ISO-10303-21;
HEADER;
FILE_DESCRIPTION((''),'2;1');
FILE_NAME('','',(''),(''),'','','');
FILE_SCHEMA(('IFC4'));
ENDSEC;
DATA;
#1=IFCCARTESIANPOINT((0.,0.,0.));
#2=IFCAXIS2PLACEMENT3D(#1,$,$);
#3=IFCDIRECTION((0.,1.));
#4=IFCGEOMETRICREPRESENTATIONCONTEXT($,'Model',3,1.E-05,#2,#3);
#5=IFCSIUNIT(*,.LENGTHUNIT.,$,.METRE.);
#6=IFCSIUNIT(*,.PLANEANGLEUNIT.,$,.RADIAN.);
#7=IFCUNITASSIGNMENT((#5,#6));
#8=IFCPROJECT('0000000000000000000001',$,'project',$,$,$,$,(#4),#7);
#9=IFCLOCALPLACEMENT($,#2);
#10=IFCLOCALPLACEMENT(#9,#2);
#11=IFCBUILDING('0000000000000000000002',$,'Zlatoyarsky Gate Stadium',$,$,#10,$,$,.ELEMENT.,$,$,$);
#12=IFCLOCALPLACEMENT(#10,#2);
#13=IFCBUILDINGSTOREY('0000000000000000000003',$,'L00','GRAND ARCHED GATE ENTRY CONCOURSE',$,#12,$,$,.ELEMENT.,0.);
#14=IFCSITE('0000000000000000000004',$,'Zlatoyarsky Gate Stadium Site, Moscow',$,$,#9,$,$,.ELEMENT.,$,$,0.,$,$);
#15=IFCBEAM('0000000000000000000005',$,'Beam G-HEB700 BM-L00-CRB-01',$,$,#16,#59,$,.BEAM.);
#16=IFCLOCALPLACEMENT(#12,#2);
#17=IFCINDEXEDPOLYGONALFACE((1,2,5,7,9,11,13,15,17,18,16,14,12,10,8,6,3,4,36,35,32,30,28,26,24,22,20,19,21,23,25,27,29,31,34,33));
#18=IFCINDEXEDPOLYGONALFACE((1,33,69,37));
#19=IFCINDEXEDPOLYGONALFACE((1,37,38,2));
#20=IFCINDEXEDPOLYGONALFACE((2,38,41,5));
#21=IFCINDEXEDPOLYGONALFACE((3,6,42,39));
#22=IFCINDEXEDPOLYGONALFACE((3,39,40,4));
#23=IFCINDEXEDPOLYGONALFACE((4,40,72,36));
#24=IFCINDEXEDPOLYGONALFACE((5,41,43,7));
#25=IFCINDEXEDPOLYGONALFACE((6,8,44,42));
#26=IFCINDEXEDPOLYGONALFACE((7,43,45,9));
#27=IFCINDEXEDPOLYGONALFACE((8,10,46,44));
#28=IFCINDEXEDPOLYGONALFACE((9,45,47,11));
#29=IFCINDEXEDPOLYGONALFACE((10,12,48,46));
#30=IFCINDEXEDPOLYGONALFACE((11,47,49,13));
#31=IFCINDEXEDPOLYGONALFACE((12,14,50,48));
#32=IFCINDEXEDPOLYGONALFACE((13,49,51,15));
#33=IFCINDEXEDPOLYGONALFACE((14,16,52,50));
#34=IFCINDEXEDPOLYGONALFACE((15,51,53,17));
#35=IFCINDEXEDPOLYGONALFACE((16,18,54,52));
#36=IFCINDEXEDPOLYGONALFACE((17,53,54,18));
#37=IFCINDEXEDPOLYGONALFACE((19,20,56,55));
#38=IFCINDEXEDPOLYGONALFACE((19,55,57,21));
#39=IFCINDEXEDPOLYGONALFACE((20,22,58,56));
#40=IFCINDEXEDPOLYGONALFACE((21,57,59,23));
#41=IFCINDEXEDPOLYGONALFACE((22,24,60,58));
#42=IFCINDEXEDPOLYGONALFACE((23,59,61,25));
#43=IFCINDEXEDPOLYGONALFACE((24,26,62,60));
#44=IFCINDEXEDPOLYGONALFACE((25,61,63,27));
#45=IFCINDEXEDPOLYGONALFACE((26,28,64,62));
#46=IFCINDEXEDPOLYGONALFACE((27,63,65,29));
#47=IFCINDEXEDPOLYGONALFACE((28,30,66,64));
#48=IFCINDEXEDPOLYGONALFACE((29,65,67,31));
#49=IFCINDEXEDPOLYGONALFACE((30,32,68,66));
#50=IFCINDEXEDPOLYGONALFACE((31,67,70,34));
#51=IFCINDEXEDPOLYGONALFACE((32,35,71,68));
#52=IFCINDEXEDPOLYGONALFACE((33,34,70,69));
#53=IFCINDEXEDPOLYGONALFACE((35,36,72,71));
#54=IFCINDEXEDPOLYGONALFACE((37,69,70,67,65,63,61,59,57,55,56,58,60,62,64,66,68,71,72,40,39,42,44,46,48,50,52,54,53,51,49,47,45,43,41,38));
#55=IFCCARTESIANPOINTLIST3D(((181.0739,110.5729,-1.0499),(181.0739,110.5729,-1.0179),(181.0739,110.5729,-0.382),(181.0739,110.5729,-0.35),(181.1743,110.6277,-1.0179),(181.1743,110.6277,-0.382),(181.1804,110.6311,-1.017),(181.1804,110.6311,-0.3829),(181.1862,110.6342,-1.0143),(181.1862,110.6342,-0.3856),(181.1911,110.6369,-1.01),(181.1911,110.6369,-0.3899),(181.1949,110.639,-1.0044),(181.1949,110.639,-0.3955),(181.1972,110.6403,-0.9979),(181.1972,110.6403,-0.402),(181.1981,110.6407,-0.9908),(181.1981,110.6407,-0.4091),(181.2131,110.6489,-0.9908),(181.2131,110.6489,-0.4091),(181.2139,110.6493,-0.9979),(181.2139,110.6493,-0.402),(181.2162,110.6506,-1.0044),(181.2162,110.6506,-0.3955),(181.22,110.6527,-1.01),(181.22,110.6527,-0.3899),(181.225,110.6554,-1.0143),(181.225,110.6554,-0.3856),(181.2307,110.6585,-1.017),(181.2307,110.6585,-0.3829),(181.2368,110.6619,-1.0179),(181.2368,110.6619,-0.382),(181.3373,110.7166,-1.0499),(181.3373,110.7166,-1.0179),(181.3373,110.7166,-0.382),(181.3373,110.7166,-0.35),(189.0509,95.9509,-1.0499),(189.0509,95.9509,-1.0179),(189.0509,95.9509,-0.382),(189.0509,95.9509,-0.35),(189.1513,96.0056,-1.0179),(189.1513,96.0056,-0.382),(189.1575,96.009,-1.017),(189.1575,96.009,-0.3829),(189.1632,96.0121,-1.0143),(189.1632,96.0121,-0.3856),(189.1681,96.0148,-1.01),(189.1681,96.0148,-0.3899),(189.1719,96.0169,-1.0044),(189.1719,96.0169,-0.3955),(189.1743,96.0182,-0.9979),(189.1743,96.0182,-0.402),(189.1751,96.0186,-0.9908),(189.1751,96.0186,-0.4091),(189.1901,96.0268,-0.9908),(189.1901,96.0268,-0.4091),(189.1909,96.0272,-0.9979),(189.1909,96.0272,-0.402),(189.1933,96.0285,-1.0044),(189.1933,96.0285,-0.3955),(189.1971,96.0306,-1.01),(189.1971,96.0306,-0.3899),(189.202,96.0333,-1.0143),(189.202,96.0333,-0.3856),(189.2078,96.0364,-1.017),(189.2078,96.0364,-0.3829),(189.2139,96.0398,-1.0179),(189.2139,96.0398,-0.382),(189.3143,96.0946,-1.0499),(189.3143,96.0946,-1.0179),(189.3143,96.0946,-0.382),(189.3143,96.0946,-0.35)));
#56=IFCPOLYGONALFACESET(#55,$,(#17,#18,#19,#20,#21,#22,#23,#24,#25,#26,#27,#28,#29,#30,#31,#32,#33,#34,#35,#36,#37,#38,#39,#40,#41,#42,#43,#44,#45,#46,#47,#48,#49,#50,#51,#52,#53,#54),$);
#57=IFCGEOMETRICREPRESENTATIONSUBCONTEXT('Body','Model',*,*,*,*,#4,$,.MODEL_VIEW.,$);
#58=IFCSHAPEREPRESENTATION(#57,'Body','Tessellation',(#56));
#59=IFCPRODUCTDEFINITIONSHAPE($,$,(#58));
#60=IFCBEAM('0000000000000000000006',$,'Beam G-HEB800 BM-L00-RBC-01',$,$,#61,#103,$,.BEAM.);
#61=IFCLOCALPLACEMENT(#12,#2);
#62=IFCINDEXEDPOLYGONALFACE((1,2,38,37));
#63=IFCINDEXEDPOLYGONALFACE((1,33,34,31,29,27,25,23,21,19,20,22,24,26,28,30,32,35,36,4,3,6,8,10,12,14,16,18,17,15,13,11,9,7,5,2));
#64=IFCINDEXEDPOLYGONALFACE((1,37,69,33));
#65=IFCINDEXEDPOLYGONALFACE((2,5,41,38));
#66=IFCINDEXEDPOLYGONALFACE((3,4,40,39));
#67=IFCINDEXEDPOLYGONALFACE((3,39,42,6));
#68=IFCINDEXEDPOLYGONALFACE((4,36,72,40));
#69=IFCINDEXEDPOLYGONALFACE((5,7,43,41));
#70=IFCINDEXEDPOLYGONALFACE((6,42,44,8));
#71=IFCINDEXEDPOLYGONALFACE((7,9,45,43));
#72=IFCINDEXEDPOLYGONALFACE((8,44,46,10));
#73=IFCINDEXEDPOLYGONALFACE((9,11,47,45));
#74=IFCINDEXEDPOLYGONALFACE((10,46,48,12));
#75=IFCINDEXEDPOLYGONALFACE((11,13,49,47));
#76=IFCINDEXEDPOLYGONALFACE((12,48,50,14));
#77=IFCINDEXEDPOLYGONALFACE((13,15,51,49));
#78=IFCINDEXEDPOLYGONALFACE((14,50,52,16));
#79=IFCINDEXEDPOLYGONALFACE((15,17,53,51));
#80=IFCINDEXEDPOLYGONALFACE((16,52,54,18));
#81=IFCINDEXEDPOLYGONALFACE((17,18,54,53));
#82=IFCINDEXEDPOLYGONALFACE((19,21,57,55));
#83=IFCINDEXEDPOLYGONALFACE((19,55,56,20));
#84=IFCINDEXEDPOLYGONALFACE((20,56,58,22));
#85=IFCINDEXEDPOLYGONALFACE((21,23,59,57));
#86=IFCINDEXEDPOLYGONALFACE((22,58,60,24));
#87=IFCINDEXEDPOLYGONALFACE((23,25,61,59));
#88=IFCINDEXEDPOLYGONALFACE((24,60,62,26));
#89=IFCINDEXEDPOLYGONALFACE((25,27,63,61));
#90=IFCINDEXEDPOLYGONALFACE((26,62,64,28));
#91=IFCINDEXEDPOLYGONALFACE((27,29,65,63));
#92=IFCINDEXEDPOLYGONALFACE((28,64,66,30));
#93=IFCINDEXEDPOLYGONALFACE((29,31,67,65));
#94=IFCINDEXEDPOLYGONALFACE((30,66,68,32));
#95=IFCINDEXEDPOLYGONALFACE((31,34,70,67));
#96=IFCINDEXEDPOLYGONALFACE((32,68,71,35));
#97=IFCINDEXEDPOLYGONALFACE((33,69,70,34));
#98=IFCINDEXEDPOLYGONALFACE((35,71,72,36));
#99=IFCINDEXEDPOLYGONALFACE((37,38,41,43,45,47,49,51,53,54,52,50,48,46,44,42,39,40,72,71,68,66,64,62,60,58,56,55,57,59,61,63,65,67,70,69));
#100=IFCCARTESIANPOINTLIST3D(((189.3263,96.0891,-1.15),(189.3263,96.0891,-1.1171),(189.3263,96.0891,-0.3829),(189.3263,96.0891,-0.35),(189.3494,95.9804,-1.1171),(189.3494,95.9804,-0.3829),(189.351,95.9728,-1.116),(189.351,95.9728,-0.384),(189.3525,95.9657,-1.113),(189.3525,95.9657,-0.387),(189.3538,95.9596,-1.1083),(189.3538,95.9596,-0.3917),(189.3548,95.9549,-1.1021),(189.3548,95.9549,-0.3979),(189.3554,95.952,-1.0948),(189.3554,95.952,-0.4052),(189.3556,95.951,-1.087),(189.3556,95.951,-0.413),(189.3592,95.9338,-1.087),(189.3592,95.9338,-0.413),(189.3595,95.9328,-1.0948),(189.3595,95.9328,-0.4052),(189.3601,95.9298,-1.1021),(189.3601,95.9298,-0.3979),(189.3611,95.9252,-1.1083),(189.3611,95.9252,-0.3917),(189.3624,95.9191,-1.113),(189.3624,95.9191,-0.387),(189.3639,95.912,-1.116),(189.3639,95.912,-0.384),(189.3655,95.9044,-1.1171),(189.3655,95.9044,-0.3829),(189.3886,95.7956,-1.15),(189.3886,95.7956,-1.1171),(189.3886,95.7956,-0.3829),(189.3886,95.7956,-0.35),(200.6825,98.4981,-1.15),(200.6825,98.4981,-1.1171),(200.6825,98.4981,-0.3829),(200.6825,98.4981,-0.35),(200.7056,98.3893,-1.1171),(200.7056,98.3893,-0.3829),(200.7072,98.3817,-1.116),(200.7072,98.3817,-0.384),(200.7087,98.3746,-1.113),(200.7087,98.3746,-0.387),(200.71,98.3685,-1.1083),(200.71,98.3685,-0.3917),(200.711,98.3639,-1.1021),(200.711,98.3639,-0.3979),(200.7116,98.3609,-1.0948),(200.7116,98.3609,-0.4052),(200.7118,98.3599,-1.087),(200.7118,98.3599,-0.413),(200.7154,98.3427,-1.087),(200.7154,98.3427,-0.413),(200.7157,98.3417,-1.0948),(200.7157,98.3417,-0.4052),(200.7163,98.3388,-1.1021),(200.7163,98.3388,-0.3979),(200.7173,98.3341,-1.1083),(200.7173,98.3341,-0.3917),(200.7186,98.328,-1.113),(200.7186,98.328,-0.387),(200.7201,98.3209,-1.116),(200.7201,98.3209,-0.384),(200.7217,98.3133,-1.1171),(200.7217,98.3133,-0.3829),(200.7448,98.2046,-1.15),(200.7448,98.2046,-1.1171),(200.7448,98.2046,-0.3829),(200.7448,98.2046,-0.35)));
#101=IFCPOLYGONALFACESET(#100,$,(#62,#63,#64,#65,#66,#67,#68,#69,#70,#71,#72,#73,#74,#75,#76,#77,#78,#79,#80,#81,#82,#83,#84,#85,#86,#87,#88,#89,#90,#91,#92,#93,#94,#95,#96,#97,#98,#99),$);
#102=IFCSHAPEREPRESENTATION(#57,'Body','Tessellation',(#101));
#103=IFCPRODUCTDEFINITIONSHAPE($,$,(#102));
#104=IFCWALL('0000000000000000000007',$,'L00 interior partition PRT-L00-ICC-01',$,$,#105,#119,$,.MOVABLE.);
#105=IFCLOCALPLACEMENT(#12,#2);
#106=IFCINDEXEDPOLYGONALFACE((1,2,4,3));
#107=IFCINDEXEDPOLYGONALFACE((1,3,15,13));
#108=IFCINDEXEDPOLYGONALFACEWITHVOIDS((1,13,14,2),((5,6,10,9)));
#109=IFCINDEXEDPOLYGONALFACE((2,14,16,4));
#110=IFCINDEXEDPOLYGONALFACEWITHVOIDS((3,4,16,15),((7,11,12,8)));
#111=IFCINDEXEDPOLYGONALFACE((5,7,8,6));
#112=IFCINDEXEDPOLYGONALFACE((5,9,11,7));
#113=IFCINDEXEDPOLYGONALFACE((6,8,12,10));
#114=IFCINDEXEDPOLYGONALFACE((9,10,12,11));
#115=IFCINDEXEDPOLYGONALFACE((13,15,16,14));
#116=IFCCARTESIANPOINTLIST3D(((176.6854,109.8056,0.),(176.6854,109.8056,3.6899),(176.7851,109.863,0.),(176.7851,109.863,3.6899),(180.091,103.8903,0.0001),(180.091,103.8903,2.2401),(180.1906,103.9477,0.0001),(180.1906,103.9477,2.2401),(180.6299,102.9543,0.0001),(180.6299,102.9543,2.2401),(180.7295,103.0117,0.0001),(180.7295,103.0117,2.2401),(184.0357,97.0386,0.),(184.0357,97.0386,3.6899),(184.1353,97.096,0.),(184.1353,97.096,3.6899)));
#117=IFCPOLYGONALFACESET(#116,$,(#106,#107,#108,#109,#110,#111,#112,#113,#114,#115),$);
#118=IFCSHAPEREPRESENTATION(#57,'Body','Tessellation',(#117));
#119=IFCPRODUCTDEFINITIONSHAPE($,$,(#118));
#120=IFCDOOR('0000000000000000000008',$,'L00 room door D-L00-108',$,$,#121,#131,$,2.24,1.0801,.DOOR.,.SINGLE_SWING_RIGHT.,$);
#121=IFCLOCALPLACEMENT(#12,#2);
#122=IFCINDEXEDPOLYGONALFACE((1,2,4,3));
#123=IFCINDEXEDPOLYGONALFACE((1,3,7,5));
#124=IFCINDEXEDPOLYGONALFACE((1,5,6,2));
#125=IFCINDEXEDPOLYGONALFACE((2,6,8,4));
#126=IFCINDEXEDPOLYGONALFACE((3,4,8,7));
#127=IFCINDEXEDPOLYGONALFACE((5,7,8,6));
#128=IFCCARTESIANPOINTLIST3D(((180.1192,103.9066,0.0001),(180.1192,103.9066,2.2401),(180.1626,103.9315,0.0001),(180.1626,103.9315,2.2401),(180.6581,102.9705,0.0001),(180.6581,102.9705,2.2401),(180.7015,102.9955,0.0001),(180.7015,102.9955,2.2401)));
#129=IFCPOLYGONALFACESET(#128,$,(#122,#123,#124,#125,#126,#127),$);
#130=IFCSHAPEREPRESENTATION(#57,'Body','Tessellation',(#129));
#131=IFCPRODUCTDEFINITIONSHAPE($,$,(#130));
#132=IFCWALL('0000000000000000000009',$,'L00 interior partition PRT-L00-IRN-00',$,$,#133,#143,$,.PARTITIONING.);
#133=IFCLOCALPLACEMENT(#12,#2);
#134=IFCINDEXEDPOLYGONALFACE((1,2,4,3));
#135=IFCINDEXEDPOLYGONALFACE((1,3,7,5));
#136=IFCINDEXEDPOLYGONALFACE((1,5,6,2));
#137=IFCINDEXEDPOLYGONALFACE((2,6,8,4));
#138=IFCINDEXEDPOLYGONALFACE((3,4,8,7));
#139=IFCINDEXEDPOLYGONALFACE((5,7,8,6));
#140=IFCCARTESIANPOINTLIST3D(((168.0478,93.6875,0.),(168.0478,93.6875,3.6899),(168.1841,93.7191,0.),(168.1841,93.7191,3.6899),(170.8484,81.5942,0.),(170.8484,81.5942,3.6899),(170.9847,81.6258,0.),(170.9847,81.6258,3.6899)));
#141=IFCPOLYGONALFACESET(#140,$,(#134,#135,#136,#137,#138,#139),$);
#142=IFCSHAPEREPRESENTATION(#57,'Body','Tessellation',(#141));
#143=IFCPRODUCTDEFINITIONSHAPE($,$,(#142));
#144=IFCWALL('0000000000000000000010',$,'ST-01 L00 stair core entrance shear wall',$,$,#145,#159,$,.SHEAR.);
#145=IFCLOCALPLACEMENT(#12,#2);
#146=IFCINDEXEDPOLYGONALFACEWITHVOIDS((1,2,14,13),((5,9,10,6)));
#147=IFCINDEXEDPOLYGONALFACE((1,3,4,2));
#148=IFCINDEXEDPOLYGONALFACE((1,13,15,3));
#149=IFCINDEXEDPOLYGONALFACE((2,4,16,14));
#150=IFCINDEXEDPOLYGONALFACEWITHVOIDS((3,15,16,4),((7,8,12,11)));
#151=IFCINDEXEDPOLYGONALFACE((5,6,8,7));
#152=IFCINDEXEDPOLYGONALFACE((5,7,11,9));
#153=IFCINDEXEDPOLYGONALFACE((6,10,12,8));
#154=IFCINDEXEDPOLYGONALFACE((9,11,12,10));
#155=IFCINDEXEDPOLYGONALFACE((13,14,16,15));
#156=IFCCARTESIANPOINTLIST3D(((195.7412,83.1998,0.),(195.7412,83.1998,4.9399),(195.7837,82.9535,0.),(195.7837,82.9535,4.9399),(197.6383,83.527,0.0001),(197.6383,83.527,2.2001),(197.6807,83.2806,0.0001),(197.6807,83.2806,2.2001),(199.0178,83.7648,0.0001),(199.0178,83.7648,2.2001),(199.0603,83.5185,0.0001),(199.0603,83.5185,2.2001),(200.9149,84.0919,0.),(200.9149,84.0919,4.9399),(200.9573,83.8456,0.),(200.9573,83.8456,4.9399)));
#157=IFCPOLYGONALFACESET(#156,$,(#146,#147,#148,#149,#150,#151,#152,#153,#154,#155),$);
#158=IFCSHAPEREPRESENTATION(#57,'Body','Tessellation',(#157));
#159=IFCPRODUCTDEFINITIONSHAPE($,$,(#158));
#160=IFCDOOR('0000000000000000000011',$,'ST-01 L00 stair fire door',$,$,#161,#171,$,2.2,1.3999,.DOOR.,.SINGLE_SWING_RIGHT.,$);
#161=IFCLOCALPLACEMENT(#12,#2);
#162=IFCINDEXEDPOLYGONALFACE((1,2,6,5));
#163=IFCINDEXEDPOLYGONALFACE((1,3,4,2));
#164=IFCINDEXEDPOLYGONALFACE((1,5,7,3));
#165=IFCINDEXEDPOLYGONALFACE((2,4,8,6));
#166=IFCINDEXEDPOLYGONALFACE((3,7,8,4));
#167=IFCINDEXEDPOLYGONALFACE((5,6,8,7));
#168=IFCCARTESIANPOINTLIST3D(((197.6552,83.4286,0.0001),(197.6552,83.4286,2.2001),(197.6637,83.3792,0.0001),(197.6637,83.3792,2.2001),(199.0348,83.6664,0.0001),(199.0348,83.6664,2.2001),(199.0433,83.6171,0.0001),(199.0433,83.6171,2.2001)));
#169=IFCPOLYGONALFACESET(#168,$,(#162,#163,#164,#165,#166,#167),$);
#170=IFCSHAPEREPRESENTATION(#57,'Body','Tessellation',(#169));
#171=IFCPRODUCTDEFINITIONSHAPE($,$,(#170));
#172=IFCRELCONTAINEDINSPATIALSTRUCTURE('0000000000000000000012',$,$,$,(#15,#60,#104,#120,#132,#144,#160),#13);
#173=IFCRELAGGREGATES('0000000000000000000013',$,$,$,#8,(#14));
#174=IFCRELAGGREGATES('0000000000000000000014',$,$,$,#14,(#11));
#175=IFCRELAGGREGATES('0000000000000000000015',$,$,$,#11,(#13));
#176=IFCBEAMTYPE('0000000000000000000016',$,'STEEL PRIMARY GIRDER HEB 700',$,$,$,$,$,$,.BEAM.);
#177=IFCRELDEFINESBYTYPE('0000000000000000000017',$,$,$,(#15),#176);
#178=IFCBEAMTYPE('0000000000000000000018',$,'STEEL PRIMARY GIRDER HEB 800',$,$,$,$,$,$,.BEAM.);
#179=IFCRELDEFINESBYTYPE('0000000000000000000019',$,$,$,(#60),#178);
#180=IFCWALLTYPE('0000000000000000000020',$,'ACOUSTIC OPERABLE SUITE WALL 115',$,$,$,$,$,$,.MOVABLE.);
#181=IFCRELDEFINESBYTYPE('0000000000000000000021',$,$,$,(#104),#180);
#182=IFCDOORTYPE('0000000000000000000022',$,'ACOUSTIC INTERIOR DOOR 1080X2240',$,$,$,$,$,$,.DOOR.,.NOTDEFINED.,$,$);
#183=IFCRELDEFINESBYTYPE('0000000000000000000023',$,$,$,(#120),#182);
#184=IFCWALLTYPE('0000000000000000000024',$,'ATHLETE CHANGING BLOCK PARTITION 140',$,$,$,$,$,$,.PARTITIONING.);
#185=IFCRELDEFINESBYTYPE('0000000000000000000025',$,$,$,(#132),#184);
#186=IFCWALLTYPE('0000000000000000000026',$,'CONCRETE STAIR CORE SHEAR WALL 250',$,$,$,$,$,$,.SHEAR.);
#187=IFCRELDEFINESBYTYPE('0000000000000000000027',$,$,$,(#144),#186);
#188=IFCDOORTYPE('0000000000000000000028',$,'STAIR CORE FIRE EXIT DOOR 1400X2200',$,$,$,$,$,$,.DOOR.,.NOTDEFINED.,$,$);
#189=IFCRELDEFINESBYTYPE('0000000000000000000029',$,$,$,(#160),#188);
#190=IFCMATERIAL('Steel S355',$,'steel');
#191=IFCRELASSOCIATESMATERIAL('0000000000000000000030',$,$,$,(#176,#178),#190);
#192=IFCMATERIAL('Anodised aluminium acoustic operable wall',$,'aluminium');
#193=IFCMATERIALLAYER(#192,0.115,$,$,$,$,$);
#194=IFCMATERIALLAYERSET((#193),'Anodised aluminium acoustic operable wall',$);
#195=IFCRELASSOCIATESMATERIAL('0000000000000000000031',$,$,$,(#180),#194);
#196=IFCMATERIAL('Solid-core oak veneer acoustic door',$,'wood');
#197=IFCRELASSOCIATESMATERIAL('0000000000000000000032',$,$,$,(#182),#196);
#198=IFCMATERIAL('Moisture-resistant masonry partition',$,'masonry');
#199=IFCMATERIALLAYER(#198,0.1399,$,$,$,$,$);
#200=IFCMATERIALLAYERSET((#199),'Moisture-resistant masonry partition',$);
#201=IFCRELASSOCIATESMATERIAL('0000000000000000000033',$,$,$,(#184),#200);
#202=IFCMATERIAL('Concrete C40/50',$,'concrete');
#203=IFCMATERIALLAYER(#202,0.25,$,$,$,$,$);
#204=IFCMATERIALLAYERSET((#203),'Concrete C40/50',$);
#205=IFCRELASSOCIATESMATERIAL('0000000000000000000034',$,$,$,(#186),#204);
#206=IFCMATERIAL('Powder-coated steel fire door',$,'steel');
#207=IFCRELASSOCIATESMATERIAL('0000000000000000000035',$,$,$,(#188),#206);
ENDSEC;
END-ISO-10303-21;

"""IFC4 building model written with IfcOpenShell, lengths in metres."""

from ifc_helpers import new_model, si_unit, direction, frame, frame_2d, origin, origin_2d, place, context, subcontext, project, spatial, rectangle, i_section, extrude, material, layer, layer_set, material_profile, profile_set, type_object, element, fill, save


model = new_model("IFC4")

# Units and contexts
model_context = context("Model", 3, precision=1e-05, world=origin(), true_north=direction((0.0, 1.0)))
body_context = subcontext(model_context, "Body", "Model", "MODEL_VIEW")
ifc_project = project(units=[si_unit("LENGTHUNIT", "METRE"), si_unit("PLANEANGLEUNIT", "RADIAN")], contexts=[model_context])

# Site, building, storey
site_placement = place(None, origin())
site = spatial("IfcSite", under=ifc_project, at=site_placement, Name="Zlatoyarsky Gate Stadium Site, Moscow", CompositionType="ELEMENT", RefElevation=0.0)
building_placement = place(site_placement, origin())
building = spatial("IfcBuilding", under=site, at=building_placement, Name="Zlatoyarsky Gate Stadium", CompositionType="ELEMENT")
storey_placement = place(building_placement, origin())
storey = spatial("IfcBuildingStorey", under=building, at=storey_placement, Name="L00", Description="GRAND ARCHED GATE ENTRY CONCOURSE", CompositionType="ELEMENT", Elevation=0.0)

# Shared definitions
ifc_material_1 = material(Name="Concrete C40/50", Category="concrete")

# Beams
ifc_material_2 = material(Name="Steel S355", Category="steel")
ifc_material_profile_1 = material_profile(ifc_material_2, i_section(OverallWidth=0.3, OverallDepth=0.7, WebThickness=0.0171, FlangeThickness=0.032, FilletRadius=0.0271, at=origin_2d()), Name="HEB 700")
ifc_profile_set_1 = profile_set([ifc_material_profile_1], Name="Steel S355")
beam_type_1 = type_object("IfcBeamType", Name="STEEL PRIMARY GIRDER HEB 700", PredefinedType="BEAM", material=ifc_profile_set_1)
beam_1_placement = place(storey_placement, frame((189.1826, 96.0227, -0.7), z_axis=(-0.478916, 0.877861, 0.0), x_axis=(-0.877861, -0.478916, 0.0)))
element("IfcBeam", 1, at=beam_1_placement, inside=storey, type_object=beam_type_1, Name="Beam G-HEB700 BM-L00-CRB-01", PredefinedType="BEAM", context=body_context, shape_type="SweptSolid", body=[
    extrude(i_section(OverallWidth=0.3, OverallDepth=0.7, WebThickness=0.0171, FlangeThickness=0.032, FilletRadius=0.0271, at=origin_2d()), origin(), (0.0, 0.0, 1.0), 16.6565),
])
ifc_material_profile_2 = material_profile(ifc_material_2, i_section(OverallWidth=0.3, OverallDepth=0.8, WebThickness=0.0176, FlangeThickness=0.033, FilletRadius=0.03, at=origin_2d()), Name="HEB 800")
ifc_profile_set_2 = profile_set([ifc_material_profile_2], Name="Steel S355")
beam_type_2 = type_object("IfcBeamType", Name="STEEL PRIMARY GIRDER HEB 800", PredefinedType="BEAM", material=ifc_profile_set_2)
beam_2_placement = place(storey_placement, frame((189.3574, 95.9424, -0.75), z_axis=(0.978233, 0.207508, 0.0), x_axis=(-0.207508, 0.978233, 0.0)))
element("IfcBeam", 2, at=beam_2_placement, inside=storey, type_object=beam_type_2, Name="Beam G-HEB800 BM-L00-RBC-01", PredefinedType="BEAM", context=body_context, shape_type="SweptSolid", body=[
    extrude(i_section(OverallWidth=0.3, OverallDepth=0.8, WebThickness=0.0176, FlangeThickness=0.033, FilletRadius=0.03, at=origin_2d()), origin(), (0.0, 0.0, 1.0), 11.6089),
])

# Wall, opening, door
ifc_material_3 = material(Name="Anodised aluminium acoustic operable wall", Category="aluminium")
ifc_layer_1 = layer(ifc_material_3, 0.115)
ifc_layer_set_1 = layer_set([ifc_layer_1], Name="Anodised aluminium acoustic operable wall")
wall_type_1 = type_object("IfcWallType", Name="ACOUSTIC OPERABLE SUITE WALL 115", PredefinedType="MOVABLE", material=ifc_layer_set_1)
wall_1_placement = place(storey_placement, frame((184.0854, 97.0674, 0.0), z_axis=(0.0, 0.0, 1.0), x_axis=(-0.498944, 0.866634, 0.0)))
wall_1 = element("IfcWall", 3, at=wall_1_placement, inside=storey, type_object=wall_type_1, Name="L00 interior partition PRT-L00-ICC-01", PredefinedType="MOVABLE", context=body_context, shape_type="SweptSolid", body=[
    extrude(rectangle(XDim=14.7317, YDim=0.115, at=frame_2d((7.3657, 0.0))), origin(), (0.0, 0.0, 1.0), 3.6899),
])
opening_1_placement = place(wall_1_placement, frame((6.8259, 0.0, 0.0)))
opening_1 = element("IfcOpeningElement", 4, at=opening_1_placement, cuts=wall_1, PredefinedType="OPENING", context=body_context, shape_type="SweptSolid", body=[
    extrude(rectangle(XDim=1.0801, YDim=2.24, at=frame_2d((0.54, 1.1201))), frame((0.0, 0.0674, 0.0), z_axis=(0.0, -1.0, 0.0), x_axis=(1.0, 0.0, 0.0)), (0.0, 0.0, 1.0), 0.135),
])
ifc_material_4 = material(Name="Solid-core oak veneer acoustic door", Category="wood")
door_type_1 = type_object("IfcDoorType", Name="ACOUSTIC INTERIOR DOOR 1080X2240", OperationType="NOTDEFINED", PredefinedType="DOOR", material=ifc_material_4)
door_1_placement = place(opening_1_placement, origin())
door_1 = element("IfcDoor", 5, at=door_1_placement, inside=storey, type_object=door_type_1, Name="L00 room door D-L00-108", OperationType="SINGLE_SWING_RIGHT", OverallHeight=2.24, OverallWidth=1.0801, PredefinedType="DOOR", context=body_context, shape_type="SweptSolid", body=[
    extrude(rectangle(XDim=1.0801, YDim=2.24, at=frame_2d((0.54, 1.1201))), frame((0.0, 0.0249, 0.0), z_axis=(0.0, -1.0, 0.0), x_axis=(1.0, 0.0, 0.0)), (0.0, 0.0, 1.0), 0.05),
])
fill(opening_1, door_1)

# Wall
ifc_material_5 = material(Name="Moisture-resistant masonry partition", Category="masonry")
ifc_layer_2 = layer(ifc_material_5, 0.1399)
ifc_layer_set_2 = layer_set([ifc_layer_2], Name="Moisture-resistant masonry partition")
wall_type_2 = type_object("IfcWallType", Name="ATHLETE CHANGING BLOCK PARTITION 140", PredefinedType="PARTITIONING", material=ifc_layer_set_2)
wall_2_placement = place(storey_placement, frame((170.9165, 81.6101, 0.0), z_axis=(0.0, 0.0, 1.0), x_axis=(-0.225608, 0.974218, 0.0)))
element("IfcWall", 6, at=wall_2_placement, inside=storey, type_object=wall_type_2, Name="L00 interior partition PRT-L00-IRN-00", PredefinedType="PARTITIONING", context=body_context, shape_type="SweptSolid", body=[
    extrude(rectangle(XDim=12.4133, YDim=0.1399, at=frame_2d((6.2065, 0.0))), origin(), (0.0, 0.0, 1.0), 3.6899),
])

# Wall, opening, door
ifc_layer_3 = layer(ifc_material_1, 0.25)
ifc_layer_set_3 = layer_set([ifc_layer_3], Name="Concrete C40/50")
wall_type_3 = type_object("IfcWallType", Name="CONCRETE STAIR CORE SHEAR WALL 250", PredefinedType="SHEAR", material=ifc_layer_set_3)
wall_3_placement = place(storey_placement, frame((195.7625, 83.0767, 0.0), z_axis=(0.0, 0.0, 1.0), x_axis=(0.985457, 0.169924, 0.0)))
wall_3 = element("IfcWall", 7, at=wall_3_placement, inside=storey, type_object=wall_type_3, Name="ST-01 L00 stair core entrance shear wall", PredefinedType="SHEAR", context=body_context, shape_type="SweptSolid", body=[
    extrude(rectangle(XDim=5.25, YDim=0.25, at=frame_2d((2.625, 0.0))), origin(), (0.0, 0.0, 1.0), 4.9399),
])
opening_2_placement = place(wall_3_placement, frame((1.925, 0.0, 0.0)))
opening_2 = element("IfcOpeningElement", 8, at=opening_2_placement, cuts=wall_3, PredefinedType="OPENING", context=body_context, shape_type="SweptSolid", body=[
    extrude(rectangle(XDim=1.3999, YDim=2.2, at=frame_2d((0.7, 1.1001))), frame((0.0, 0.135, 0.0), z_axis=(0.0, -1.0, 0.0), x_axis=(1.0, 0.0, 0.0)), (0.0, 0.0, 1.0), 0.27),
])
ifc_material_6 = material(Name="Powder-coated steel fire door", Category="steel")
door_type_2 = type_object("IfcDoorType", Name="STAIR CORE FIRE EXIT DOOR 1400X2200", OperationType="NOTDEFINED", PredefinedType="DOOR", material=ifc_material_6)
door_2_placement = place(opening_2_placement, frame((1.3999, 0.0, 0.0), z_axis=(0.0, 0.0, 1.0), x_axis=(-1.0, 0.0, 0.0)))
door_2 = element("IfcDoor", 9, at=door_2_placement, inside=storey, type_object=door_type_2, Name="ST-01 L00 stair fire door", OperationType="SINGLE_SWING_RIGHT", OverallHeight=2.2, OverallWidth=1.3999, PredefinedType="DOOR", context=body_context, shape_type="SweptSolid", body=[
    extrude(rectangle(XDim=1.3999, YDim=2.2, at=frame_2d((0.7, 1.1001))), frame((0.0, 0.0249, 0.0), z_axis=(0.0, -1.0, 0.0), x_axis=(1.0, 0.0, 0.0)), (0.0, 0.0, 1.0), 0.05),
])
fill(opening_2, door_2)

save(model, "model.ifc")
